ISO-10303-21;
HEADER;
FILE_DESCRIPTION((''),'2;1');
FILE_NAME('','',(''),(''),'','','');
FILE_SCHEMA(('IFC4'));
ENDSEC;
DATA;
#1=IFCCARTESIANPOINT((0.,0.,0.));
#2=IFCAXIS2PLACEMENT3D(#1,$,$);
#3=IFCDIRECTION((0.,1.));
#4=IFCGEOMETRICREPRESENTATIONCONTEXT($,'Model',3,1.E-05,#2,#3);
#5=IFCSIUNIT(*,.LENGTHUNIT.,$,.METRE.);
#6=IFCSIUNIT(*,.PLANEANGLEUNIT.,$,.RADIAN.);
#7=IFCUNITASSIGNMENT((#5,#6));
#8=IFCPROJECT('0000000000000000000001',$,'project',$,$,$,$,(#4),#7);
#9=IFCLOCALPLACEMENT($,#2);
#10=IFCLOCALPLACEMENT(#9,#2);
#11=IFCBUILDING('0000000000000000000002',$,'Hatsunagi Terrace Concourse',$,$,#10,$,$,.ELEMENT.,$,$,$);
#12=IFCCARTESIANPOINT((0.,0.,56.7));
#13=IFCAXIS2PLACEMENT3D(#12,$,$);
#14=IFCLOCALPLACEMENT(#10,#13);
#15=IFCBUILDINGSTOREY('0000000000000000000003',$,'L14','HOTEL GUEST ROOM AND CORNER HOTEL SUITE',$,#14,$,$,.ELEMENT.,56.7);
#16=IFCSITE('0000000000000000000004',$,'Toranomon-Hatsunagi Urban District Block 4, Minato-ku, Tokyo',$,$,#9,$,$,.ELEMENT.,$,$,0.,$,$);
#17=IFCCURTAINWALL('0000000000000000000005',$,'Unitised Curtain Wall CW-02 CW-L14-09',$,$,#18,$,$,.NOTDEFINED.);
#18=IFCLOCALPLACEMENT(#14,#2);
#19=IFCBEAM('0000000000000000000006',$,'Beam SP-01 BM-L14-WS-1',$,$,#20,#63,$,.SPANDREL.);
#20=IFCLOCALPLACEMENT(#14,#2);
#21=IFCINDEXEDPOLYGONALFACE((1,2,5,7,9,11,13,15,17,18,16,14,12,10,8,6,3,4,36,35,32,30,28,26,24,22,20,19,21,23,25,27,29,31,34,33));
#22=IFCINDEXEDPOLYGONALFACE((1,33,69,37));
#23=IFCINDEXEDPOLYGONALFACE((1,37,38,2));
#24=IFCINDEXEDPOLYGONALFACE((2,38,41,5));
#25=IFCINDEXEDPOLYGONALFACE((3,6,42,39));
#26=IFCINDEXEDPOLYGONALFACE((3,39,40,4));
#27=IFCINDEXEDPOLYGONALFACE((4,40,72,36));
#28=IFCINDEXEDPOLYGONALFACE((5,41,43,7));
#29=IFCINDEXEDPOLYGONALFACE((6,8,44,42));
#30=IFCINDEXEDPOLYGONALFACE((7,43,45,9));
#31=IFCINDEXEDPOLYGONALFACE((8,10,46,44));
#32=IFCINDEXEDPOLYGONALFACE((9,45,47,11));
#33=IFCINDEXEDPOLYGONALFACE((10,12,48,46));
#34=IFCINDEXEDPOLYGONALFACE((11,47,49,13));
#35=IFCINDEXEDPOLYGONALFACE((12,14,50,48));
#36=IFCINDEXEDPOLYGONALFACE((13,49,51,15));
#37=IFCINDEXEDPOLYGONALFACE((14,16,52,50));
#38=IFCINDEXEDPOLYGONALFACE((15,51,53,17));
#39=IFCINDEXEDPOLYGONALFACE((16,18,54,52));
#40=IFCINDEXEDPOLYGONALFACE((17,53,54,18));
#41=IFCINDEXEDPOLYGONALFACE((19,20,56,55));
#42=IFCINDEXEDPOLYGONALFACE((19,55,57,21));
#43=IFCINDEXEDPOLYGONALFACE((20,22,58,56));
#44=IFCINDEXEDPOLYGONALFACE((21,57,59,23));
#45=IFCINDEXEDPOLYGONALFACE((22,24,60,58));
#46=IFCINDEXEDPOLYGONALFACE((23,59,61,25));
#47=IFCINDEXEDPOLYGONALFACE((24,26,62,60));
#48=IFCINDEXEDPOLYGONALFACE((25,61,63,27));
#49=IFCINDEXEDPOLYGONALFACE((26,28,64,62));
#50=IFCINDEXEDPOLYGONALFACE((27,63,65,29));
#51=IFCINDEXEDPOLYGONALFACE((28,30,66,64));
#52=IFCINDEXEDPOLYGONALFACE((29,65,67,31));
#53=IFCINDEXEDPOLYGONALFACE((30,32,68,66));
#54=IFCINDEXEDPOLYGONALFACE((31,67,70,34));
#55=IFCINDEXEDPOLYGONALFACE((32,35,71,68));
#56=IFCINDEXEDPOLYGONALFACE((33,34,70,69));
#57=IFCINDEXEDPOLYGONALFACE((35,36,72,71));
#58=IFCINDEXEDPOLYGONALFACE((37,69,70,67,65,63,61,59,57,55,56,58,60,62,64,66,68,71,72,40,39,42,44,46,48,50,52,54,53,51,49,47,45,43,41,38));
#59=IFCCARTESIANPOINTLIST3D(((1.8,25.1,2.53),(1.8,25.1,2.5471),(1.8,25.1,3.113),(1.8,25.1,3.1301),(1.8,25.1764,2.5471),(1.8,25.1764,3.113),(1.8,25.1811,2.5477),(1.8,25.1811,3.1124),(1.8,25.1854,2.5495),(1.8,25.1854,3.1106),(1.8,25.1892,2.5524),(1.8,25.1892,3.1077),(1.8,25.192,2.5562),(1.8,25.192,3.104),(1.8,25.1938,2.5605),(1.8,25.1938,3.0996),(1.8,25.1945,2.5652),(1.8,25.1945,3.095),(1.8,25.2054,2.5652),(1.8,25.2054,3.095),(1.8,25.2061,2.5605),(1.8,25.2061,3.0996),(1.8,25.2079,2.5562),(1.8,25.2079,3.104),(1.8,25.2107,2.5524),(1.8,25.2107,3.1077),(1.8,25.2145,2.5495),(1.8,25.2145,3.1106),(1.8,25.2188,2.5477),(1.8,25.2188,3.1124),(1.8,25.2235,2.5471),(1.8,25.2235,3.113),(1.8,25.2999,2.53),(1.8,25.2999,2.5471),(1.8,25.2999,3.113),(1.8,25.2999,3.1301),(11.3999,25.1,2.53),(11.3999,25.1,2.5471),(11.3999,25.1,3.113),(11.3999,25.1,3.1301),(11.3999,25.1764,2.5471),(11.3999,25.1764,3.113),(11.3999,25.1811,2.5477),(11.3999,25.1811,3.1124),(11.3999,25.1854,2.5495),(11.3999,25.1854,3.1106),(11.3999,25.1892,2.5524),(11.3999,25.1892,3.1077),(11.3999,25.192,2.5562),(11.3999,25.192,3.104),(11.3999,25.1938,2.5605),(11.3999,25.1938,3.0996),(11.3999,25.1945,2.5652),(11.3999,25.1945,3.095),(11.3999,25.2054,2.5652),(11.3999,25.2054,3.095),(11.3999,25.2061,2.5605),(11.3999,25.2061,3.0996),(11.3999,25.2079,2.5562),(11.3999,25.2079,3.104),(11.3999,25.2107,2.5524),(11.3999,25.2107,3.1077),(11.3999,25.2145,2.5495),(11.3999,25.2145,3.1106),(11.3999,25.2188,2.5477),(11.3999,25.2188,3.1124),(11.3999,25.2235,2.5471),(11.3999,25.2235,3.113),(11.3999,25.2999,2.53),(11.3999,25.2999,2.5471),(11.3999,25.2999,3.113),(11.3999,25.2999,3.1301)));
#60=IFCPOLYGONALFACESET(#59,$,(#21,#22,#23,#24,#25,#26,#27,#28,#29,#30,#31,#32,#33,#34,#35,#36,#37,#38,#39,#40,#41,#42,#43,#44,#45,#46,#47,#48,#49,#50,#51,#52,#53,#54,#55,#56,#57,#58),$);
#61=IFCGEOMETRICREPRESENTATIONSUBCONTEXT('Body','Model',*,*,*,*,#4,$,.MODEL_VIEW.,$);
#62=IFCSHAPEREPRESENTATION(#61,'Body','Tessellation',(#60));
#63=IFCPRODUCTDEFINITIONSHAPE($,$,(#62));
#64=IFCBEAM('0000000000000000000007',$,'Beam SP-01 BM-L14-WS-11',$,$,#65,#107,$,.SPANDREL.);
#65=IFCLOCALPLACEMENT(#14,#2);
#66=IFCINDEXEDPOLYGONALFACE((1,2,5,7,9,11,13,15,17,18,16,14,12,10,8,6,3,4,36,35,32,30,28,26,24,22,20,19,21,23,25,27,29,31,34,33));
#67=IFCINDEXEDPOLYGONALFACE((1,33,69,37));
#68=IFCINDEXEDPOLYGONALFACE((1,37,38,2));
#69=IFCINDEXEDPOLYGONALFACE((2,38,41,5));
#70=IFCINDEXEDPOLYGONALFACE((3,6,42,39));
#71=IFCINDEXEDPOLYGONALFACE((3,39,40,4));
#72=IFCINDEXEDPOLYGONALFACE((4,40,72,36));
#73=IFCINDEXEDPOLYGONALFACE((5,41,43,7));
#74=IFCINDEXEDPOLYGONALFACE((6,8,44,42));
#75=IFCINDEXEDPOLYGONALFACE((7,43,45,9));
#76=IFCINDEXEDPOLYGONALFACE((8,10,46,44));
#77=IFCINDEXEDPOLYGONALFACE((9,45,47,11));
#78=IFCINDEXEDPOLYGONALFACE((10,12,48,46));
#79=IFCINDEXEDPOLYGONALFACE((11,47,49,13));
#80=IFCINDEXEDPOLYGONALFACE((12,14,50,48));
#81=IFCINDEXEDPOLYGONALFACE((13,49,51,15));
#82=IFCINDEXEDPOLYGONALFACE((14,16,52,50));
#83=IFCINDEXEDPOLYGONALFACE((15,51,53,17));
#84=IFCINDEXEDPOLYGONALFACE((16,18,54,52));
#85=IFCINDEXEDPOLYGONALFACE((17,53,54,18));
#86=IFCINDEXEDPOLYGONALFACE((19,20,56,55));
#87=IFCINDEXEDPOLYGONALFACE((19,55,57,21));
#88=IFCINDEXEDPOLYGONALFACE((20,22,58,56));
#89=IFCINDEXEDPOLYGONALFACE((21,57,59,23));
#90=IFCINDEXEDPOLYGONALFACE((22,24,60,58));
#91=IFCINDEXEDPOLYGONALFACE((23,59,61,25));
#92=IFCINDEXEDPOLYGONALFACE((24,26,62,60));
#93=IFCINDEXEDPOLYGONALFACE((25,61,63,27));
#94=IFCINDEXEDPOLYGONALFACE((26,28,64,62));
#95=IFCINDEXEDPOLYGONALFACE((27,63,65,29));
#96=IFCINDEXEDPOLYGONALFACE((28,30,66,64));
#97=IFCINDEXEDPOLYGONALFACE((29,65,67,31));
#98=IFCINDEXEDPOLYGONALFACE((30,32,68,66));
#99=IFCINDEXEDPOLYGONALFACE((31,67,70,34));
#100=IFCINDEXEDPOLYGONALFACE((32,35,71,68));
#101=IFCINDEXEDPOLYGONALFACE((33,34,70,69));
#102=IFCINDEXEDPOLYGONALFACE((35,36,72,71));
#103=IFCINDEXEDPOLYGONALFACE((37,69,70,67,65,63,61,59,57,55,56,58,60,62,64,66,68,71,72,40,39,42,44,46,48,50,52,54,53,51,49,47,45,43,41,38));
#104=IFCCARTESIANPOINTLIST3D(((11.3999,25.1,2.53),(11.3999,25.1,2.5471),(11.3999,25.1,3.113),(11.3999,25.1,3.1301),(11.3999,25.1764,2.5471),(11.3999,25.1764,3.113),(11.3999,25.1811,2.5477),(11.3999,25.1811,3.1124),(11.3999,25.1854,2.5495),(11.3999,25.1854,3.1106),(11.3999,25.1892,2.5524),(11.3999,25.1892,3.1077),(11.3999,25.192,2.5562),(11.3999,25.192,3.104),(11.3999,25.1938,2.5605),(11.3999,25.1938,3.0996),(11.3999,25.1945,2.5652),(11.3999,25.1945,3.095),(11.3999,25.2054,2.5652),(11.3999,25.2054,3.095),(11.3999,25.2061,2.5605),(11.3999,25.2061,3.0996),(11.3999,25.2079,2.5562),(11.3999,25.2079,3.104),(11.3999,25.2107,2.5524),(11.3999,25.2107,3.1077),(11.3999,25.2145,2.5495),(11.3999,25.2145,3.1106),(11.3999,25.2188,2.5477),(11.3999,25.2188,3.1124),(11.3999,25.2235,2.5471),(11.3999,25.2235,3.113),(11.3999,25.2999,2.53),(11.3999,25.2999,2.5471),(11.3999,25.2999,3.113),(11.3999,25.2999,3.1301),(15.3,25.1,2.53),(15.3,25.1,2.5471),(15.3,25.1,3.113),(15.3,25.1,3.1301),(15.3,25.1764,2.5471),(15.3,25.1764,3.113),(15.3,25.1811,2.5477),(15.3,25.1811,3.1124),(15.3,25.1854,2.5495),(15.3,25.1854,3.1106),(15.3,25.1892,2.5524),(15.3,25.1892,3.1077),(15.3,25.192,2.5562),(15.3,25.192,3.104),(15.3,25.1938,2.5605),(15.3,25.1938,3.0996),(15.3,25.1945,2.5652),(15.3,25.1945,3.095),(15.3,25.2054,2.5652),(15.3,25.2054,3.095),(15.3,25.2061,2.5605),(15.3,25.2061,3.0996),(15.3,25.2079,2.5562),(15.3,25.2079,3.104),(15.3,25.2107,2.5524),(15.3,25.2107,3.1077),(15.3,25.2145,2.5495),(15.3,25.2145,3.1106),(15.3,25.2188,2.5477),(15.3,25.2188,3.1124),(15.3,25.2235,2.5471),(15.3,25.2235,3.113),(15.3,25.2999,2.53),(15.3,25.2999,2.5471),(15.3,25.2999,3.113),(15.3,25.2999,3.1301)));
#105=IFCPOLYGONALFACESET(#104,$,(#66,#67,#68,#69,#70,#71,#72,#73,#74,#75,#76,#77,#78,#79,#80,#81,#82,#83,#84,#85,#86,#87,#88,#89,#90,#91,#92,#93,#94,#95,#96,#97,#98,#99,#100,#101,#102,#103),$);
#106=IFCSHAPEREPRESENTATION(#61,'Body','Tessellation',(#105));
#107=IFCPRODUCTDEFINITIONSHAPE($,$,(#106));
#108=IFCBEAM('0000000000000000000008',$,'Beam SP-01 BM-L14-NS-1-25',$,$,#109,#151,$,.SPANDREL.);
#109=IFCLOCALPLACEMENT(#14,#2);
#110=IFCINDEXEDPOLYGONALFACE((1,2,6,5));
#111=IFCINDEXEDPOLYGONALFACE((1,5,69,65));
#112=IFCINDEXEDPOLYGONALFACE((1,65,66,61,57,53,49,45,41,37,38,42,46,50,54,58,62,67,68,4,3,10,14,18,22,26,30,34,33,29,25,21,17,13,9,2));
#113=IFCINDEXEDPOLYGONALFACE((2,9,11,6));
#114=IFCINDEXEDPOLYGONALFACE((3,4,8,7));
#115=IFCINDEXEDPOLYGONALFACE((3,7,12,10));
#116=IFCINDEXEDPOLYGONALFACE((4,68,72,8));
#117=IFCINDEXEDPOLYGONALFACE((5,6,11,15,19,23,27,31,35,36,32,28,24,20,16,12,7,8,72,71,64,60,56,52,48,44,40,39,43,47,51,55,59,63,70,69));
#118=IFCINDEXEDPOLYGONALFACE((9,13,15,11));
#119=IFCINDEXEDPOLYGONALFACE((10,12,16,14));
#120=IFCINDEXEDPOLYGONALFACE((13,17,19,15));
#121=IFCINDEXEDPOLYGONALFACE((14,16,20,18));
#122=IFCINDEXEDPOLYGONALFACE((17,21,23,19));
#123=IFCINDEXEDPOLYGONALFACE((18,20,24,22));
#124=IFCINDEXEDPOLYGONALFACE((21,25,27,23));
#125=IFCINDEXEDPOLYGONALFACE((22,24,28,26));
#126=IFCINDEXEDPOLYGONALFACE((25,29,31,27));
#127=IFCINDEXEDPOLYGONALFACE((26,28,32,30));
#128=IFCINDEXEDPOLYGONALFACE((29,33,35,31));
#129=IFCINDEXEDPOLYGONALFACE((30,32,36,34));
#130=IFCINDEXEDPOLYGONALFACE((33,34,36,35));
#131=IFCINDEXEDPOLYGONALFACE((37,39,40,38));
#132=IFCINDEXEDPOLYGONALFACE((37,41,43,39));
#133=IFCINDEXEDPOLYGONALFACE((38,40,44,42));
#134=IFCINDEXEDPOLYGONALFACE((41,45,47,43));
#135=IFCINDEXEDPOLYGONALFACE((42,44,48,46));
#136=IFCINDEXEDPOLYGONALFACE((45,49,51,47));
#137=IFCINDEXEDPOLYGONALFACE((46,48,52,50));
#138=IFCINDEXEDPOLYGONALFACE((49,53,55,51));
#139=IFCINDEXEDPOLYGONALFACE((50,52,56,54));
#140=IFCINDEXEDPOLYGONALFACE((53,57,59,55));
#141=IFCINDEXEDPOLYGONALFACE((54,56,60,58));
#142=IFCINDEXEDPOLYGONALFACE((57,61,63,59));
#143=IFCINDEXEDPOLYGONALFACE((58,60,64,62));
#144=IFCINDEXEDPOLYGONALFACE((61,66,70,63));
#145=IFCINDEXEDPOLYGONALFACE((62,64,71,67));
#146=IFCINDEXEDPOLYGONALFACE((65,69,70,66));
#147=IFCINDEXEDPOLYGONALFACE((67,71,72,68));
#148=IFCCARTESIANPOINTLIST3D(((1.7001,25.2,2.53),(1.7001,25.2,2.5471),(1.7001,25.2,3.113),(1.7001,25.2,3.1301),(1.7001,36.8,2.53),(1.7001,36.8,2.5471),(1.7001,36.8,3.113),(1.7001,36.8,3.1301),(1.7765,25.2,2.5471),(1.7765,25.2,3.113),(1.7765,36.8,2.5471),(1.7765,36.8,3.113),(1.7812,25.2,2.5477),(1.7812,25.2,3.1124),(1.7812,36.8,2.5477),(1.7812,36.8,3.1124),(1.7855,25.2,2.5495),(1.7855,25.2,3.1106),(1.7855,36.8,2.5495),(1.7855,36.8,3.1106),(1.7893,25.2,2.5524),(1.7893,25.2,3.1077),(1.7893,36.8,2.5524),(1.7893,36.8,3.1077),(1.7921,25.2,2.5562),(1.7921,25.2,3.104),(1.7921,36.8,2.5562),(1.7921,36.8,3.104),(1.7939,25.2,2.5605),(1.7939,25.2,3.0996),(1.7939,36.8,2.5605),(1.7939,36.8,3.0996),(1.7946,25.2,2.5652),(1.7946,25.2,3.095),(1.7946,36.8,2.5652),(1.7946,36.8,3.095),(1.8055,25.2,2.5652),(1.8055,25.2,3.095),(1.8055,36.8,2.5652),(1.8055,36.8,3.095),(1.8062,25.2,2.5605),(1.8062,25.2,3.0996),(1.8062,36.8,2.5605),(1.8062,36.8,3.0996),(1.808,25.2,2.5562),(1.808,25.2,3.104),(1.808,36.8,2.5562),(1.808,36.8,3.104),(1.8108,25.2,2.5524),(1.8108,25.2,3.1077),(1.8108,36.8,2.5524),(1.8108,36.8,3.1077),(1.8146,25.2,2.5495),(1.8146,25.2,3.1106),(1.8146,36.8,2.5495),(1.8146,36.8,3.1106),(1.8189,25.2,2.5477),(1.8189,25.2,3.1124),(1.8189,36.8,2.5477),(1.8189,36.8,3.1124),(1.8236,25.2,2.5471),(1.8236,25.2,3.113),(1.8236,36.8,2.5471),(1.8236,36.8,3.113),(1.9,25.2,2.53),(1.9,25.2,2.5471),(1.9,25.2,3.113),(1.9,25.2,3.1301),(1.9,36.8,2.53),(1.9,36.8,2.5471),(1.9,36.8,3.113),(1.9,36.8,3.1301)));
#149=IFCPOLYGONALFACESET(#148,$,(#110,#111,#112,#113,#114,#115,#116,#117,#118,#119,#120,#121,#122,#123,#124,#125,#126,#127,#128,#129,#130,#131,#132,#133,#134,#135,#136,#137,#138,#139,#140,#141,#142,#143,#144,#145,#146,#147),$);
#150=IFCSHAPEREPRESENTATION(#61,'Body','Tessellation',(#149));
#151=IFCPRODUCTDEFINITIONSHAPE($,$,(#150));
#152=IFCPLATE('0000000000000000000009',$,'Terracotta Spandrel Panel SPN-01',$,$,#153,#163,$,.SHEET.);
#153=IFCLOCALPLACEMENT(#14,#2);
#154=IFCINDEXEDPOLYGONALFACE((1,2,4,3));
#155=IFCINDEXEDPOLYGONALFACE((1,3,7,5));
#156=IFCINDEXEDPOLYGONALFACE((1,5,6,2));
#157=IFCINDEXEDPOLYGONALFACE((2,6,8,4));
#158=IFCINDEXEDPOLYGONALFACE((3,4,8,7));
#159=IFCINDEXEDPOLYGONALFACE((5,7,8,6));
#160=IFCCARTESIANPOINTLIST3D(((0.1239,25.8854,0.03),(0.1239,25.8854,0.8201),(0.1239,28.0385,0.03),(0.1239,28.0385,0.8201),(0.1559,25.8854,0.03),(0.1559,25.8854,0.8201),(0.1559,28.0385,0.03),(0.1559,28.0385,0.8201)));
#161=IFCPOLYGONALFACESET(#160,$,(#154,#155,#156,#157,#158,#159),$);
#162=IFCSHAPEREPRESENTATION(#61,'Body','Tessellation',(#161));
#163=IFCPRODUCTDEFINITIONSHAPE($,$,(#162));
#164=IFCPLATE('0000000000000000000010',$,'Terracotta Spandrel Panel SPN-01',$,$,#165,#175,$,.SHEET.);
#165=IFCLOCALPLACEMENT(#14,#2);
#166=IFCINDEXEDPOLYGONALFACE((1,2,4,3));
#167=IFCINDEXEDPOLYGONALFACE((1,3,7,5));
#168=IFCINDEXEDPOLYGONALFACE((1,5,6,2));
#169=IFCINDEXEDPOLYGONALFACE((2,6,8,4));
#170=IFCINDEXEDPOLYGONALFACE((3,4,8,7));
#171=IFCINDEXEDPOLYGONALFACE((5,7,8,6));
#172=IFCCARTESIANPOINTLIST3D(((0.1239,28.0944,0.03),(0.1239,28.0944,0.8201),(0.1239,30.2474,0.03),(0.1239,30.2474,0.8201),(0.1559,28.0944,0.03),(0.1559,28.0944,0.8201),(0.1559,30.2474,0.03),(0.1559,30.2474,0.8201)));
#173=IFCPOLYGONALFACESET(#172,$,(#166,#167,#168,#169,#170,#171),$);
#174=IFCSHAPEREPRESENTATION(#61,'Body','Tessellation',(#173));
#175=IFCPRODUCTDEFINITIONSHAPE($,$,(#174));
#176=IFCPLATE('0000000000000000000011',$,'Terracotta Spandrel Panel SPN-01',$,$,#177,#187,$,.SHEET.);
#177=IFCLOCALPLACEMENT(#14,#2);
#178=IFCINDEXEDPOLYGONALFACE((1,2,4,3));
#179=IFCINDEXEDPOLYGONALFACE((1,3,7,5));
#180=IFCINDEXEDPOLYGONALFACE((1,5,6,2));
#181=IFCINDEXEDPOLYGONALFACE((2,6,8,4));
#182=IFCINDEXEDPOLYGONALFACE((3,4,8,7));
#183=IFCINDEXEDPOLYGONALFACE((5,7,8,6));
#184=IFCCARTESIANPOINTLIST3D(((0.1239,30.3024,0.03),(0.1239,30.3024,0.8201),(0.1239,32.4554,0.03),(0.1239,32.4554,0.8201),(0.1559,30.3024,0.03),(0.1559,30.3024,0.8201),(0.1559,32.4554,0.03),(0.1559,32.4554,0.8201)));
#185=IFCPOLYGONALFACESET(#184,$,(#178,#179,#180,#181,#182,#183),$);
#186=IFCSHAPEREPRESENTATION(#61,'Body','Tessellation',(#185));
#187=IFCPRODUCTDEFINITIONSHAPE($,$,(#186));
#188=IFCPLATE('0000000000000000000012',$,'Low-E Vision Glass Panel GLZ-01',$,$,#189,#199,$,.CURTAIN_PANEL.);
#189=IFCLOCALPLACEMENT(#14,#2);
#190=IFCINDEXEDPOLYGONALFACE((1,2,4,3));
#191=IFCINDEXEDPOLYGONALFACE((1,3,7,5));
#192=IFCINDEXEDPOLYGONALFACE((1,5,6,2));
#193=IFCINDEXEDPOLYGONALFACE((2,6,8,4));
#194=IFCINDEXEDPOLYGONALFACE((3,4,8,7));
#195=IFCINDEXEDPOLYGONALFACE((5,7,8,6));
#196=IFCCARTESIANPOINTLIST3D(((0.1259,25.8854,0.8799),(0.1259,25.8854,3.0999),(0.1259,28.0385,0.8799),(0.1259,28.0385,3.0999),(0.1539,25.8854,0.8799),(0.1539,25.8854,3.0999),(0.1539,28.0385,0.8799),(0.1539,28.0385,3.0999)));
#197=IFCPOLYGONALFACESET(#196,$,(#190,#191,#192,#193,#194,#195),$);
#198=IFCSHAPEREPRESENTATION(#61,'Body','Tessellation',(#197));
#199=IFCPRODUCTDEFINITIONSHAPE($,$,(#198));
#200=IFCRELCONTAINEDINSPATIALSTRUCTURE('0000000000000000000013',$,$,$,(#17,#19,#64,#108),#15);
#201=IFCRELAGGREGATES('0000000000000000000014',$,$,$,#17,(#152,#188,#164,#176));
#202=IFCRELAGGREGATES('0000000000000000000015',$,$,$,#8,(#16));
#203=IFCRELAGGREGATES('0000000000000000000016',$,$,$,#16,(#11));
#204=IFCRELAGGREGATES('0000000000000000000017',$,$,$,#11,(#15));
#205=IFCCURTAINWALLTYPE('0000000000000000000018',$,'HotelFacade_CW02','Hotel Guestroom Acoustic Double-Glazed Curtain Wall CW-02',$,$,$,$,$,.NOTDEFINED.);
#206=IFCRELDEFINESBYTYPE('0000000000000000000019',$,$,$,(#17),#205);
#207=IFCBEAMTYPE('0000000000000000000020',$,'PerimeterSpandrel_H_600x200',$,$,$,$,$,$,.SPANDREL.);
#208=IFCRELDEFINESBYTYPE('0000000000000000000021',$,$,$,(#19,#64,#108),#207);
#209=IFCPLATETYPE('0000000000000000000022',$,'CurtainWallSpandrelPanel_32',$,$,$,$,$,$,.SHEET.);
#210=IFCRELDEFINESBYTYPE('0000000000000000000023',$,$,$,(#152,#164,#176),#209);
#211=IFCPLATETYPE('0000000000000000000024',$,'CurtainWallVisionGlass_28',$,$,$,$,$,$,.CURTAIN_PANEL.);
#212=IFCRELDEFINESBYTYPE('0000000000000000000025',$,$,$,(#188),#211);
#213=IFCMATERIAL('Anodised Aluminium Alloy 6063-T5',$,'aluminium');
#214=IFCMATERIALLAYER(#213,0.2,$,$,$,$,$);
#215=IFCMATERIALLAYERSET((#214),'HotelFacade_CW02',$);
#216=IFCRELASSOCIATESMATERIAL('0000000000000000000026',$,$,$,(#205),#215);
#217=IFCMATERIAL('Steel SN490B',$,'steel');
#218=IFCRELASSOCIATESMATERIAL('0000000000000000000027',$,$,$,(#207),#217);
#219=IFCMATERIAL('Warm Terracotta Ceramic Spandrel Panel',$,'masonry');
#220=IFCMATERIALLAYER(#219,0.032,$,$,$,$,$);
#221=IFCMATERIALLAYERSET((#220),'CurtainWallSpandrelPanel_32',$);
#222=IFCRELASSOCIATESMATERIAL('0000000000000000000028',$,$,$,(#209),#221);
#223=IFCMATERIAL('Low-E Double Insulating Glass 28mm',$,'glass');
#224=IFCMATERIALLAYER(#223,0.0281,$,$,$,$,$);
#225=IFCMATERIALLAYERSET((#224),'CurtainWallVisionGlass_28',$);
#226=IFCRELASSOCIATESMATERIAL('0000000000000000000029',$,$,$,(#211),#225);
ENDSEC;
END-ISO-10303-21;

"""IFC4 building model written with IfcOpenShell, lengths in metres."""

from ifc_helpers import new_model, si_unit, direction, frame, origin, origin_2d, place, context, subcontext, project, spatial, rectangle, i_section, extrude, material, layer, layer_set, material_profile, profile_set, type_object, element, aggregate, save


model = new_model("IFC4")

# Units and contexts
model_context = context("Model", 3, precision=1e-05, world=origin(), true_north=direction((0.0, 1.0)))
body_context = subcontext(model_context, "Body", "Model", "MODEL_VIEW")
ifc_project = project(units=[si_unit("LENGTHUNIT", "METRE"), si_unit("PLANEANGLEUNIT", "RADIAN")], contexts=[model_context])

# Site, building, storey
site_placement = place(None, origin())
site = spatial("IfcSite", under=ifc_project, at=site_placement, Name="Toranomon-Hatsunagi Urban District Block 4, Minato-ku, Tokyo", CompositionType="ELEMENT", RefElevation=0.0)
building_placement = place(site_placement, origin())
building = spatial("IfcBuilding", under=site, at=building_placement, Name="Hatsunagi Terrace Concourse", CompositionType="ELEMENT")
storey_placement = place(building_placement, frame((0.0, 0.0, 56.7)))
storey = spatial("IfcBuildingStorey", under=building, at=storey_placement, Name="L14", Description="HOTEL GUEST ROOM AND CORNER HOTEL SUITE", CompositionType="ELEMENT", Elevation=56.7)

# Curtain wall
ifc_material_1 = material(Name="Anodised Aluminium Alloy 6063-T5", Category="aluminium")
ifc_layer_1 = layer(ifc_material_1, 0.2)
ifc_layer_set_1 = layer_set([ifc_layer_1], Name="HotelFacade_CW02")
curtain_wall_type = type_object("IfcCurtainWallType", Name="HotelFacade_CW02", Description="Hotel Guestroom Acoustic Double-Glazed Curtain Wall CW-02", PredefinedType="NOTDEFINED", material=ifc_layer_set_1)
curtain_wall_placement = place(storey_placement, origin())
curtain_wall = element("IfcCurtainWall", 1, at=curtain_wall_placement, inside=storey, type_object=curtain_wall_type, Name="Unitised Curtain Wall CW-02 CW-L14-09", PredefinedType="NOTDEFINED")

# Beams
ifc_material_2 = material(Name="Steel SN490B", Category="steel")
ifc_material_profile_1 = material_profile(ifc_material_2, i_section(OverallWidth=0.2, OverallDepth=0.6001, WebThickness=0.011, FlangeThickness=0.0171, FilletRadius=0.0181, at=origin_2d()), Name="H-600x200x11x17")
ifc_profile_set_1 = profile_set([ifc_material_profile_1], Name="Steel SN490B")
beam_type_1 = type_object("IfcBeamType", Name="PerimeterSpandrel_H_600x200", PredefinedType="SPANDREL", material=ifc_profile_set_1)
beam_1_placement = place(storey_placement, frame((1.8, 25.2, 2.8301), z_axis=(1.0, 0.0, 0.0), x_axis=(0.0, 1.0, 0.0)))
element("IfcBeam", 2, at=beam_1_placement, inside=storey, type_object=beam_type_1, Name="Beam SP-01 BM-L14-WS-1", PredefinedType="SPANDREL", context=body_context, shape_type="SweptSolid", body=[
    extrude(i_section(OverallWidth=0.2, OverallDepth=0.6001, WebThickness=0.011, FlangeThickness=0.0171, FilletRadius=0.0181, at=origin_2d()), origin(), (0.0, 0.0, 1.0), 9.5999),
])
beam_2_placement = place(storey_placement, frame((11.3999, 25.2, 2.8301), z_axis=(1.0, 0.0, 0.0), x_axis=(0.0, 1.0, 0.0)))
element("IfcBeam", 3, at=beam_2_placement, inside=storey, type_object=beam_type_1, Name="Beam SP-01 BM-L14-WS-11", PredefinedType="SPANDREL", context=body_context, shape_type="SweptSolid", body=[
    extrude(i_section(OverallWidth=0.2, OverallDepth=0.6001, WebThickness=0.011, FlangeThickness=0.0171, FilletRadius=0.0181, at=origin_2d()), origin(), (0.0, 0.0, 1.0), 3.9001),
])
beam_3_placement = place(storey_placement, frame((1.8, 25.2, 2.8301), z_axis=(0.0, 1.0, 0.0), x_axis=(-1.0, 0.0, 0.0)))
element("IfcBeam", 4, at=beam_3_placement, inside=storey, type_object=beam_type_1, Name="Beam SP-01 BM-L14-NS-1-25", PredefinedType="SPANDREL", context=body_context, shape_type="SweptSolid", body=[
    extrude(i_section(OverallWidth=0.2, OverallDepth=0.6001, WebThickness=0.011, FlangeThickness=0.0171, FilletRadius=0.0181, at=origin_2d()), origin(), (0.0, 0.0, 1.0), 11.6001),
])

# Plates
ifc_material_3 = material(Name="Warm Terracotta Ceramic Spandrel Panel", Category="masonry")
ifc_layer_2 = layer(ifc_material_3, 0.032)
ifc_layer_set_2 = layer_set([ifc_layer_2], Name="CurtainWallSpandrelPanel_32")
plate_type_1 = type_object("IfcPlateType", Name="CurtainWallSpandrelPanel_32", PredefinedType="SHEET", material=ifc_layer_set_2)
plate_1_placement = place(storey_placement, frame((0.1399, 26.9619, 0.03), z_axis=(0.0, 0.0, 1.0), x_axis=(0.0, 1.0, 0.0)))
plate_1 = element("IfcPlate", 5, at=plate_1_placement, type_object=plate_type_1, Name="Terracotta Spandrel Panel SPN-01", PredefinedType="SHEET", context=body_context, shape_type="SweptSolid", body=[
    extrude(rectangle(XDim=2.1531, YDim=0.032, at=origin_2d()), origin(), (0.0, 0.0, 1.0), 0.79),
])
plate_2_placement = place(storey_placement, frame((0.1399, 29.1709, 0.03), z_axis=(0.0, 0.0, 1.0), x_axis=(0.0, 1.0, 0.0)))
plate_2 = element("IfcPlate", 6, at=plate_2_placement, type_object=plate_type_1, Name="Terracotta Spandrel Panel SPN-01", PredefinedType="SHEET", context=body_context, shape_type="SweptSolid", body=[
    extrude(rectangle(XDim=2.1531, YDim=0.032, at=origin_2d()), origin(), (0.0, 0.0, 1.0), 0.79),
])
plate_3_placement = place(storey_placement, frame((0.1399, 31.3789, 0.03), z_axis=(0.0, 0.0, 1.0), x_axis=(0.0, 1.0, 0.0)))
plate_3 = element("IfcPlate", 7, at=plate_3_placement, type_object=plate_type_1, Name="Terracotta Spandrel Panel SPN-01", PredefinedType="SHEET", context=body_context, shape_type="SweptSolid", body=[
    extrude(rectangle(XDim=2.1531, YDim=0.032, at=origin_2d()), origin(), (0.0, 0.0, 1.0), 0.79),
])
ifc_material_4 = material(Name="Low-E Double Insulating Glass 28mm", Category="glass")
ifc_layer_3 = layer(ifc_material_4, 0.0281)
ifc_layer_set_3 = layer_set([ifc_layer_3], Name="CurtainWallVisionGlass_28")
plate_type_2 = type_object("IfcPlateType", Name="CurtainWallVisionGlass_28", PredefinedType="CURTAIN_PANEL", material=ifc_layer_set_3)
plate_4_placement = place(storey_placement, frame((0.1399, 26.9619, 0.8799), z_axis=(0.0, 0.0, 1.0), x_axis=(0.0, 1.0, 0.0)))
plate_4 = element("IfcPlate", 8, at=plate_4_placement, type_object=plate_type_2, Name="Low-E Vision Glass Panel GLZ-01", PredefinedType="CURTAIN_PANEL", context=body_context, shape_type="SweptSolid", body=[
    extrude(rectangle(XDim=2.1531, YDim=0.0281, at=origin_2d()), origin(), (0.0, 0.0, 1.0), 2.22),
])
aggregate(curtain_wall, [plate_1, plate_4, plate_2, plate_3])

save(model, "model.ifc")
